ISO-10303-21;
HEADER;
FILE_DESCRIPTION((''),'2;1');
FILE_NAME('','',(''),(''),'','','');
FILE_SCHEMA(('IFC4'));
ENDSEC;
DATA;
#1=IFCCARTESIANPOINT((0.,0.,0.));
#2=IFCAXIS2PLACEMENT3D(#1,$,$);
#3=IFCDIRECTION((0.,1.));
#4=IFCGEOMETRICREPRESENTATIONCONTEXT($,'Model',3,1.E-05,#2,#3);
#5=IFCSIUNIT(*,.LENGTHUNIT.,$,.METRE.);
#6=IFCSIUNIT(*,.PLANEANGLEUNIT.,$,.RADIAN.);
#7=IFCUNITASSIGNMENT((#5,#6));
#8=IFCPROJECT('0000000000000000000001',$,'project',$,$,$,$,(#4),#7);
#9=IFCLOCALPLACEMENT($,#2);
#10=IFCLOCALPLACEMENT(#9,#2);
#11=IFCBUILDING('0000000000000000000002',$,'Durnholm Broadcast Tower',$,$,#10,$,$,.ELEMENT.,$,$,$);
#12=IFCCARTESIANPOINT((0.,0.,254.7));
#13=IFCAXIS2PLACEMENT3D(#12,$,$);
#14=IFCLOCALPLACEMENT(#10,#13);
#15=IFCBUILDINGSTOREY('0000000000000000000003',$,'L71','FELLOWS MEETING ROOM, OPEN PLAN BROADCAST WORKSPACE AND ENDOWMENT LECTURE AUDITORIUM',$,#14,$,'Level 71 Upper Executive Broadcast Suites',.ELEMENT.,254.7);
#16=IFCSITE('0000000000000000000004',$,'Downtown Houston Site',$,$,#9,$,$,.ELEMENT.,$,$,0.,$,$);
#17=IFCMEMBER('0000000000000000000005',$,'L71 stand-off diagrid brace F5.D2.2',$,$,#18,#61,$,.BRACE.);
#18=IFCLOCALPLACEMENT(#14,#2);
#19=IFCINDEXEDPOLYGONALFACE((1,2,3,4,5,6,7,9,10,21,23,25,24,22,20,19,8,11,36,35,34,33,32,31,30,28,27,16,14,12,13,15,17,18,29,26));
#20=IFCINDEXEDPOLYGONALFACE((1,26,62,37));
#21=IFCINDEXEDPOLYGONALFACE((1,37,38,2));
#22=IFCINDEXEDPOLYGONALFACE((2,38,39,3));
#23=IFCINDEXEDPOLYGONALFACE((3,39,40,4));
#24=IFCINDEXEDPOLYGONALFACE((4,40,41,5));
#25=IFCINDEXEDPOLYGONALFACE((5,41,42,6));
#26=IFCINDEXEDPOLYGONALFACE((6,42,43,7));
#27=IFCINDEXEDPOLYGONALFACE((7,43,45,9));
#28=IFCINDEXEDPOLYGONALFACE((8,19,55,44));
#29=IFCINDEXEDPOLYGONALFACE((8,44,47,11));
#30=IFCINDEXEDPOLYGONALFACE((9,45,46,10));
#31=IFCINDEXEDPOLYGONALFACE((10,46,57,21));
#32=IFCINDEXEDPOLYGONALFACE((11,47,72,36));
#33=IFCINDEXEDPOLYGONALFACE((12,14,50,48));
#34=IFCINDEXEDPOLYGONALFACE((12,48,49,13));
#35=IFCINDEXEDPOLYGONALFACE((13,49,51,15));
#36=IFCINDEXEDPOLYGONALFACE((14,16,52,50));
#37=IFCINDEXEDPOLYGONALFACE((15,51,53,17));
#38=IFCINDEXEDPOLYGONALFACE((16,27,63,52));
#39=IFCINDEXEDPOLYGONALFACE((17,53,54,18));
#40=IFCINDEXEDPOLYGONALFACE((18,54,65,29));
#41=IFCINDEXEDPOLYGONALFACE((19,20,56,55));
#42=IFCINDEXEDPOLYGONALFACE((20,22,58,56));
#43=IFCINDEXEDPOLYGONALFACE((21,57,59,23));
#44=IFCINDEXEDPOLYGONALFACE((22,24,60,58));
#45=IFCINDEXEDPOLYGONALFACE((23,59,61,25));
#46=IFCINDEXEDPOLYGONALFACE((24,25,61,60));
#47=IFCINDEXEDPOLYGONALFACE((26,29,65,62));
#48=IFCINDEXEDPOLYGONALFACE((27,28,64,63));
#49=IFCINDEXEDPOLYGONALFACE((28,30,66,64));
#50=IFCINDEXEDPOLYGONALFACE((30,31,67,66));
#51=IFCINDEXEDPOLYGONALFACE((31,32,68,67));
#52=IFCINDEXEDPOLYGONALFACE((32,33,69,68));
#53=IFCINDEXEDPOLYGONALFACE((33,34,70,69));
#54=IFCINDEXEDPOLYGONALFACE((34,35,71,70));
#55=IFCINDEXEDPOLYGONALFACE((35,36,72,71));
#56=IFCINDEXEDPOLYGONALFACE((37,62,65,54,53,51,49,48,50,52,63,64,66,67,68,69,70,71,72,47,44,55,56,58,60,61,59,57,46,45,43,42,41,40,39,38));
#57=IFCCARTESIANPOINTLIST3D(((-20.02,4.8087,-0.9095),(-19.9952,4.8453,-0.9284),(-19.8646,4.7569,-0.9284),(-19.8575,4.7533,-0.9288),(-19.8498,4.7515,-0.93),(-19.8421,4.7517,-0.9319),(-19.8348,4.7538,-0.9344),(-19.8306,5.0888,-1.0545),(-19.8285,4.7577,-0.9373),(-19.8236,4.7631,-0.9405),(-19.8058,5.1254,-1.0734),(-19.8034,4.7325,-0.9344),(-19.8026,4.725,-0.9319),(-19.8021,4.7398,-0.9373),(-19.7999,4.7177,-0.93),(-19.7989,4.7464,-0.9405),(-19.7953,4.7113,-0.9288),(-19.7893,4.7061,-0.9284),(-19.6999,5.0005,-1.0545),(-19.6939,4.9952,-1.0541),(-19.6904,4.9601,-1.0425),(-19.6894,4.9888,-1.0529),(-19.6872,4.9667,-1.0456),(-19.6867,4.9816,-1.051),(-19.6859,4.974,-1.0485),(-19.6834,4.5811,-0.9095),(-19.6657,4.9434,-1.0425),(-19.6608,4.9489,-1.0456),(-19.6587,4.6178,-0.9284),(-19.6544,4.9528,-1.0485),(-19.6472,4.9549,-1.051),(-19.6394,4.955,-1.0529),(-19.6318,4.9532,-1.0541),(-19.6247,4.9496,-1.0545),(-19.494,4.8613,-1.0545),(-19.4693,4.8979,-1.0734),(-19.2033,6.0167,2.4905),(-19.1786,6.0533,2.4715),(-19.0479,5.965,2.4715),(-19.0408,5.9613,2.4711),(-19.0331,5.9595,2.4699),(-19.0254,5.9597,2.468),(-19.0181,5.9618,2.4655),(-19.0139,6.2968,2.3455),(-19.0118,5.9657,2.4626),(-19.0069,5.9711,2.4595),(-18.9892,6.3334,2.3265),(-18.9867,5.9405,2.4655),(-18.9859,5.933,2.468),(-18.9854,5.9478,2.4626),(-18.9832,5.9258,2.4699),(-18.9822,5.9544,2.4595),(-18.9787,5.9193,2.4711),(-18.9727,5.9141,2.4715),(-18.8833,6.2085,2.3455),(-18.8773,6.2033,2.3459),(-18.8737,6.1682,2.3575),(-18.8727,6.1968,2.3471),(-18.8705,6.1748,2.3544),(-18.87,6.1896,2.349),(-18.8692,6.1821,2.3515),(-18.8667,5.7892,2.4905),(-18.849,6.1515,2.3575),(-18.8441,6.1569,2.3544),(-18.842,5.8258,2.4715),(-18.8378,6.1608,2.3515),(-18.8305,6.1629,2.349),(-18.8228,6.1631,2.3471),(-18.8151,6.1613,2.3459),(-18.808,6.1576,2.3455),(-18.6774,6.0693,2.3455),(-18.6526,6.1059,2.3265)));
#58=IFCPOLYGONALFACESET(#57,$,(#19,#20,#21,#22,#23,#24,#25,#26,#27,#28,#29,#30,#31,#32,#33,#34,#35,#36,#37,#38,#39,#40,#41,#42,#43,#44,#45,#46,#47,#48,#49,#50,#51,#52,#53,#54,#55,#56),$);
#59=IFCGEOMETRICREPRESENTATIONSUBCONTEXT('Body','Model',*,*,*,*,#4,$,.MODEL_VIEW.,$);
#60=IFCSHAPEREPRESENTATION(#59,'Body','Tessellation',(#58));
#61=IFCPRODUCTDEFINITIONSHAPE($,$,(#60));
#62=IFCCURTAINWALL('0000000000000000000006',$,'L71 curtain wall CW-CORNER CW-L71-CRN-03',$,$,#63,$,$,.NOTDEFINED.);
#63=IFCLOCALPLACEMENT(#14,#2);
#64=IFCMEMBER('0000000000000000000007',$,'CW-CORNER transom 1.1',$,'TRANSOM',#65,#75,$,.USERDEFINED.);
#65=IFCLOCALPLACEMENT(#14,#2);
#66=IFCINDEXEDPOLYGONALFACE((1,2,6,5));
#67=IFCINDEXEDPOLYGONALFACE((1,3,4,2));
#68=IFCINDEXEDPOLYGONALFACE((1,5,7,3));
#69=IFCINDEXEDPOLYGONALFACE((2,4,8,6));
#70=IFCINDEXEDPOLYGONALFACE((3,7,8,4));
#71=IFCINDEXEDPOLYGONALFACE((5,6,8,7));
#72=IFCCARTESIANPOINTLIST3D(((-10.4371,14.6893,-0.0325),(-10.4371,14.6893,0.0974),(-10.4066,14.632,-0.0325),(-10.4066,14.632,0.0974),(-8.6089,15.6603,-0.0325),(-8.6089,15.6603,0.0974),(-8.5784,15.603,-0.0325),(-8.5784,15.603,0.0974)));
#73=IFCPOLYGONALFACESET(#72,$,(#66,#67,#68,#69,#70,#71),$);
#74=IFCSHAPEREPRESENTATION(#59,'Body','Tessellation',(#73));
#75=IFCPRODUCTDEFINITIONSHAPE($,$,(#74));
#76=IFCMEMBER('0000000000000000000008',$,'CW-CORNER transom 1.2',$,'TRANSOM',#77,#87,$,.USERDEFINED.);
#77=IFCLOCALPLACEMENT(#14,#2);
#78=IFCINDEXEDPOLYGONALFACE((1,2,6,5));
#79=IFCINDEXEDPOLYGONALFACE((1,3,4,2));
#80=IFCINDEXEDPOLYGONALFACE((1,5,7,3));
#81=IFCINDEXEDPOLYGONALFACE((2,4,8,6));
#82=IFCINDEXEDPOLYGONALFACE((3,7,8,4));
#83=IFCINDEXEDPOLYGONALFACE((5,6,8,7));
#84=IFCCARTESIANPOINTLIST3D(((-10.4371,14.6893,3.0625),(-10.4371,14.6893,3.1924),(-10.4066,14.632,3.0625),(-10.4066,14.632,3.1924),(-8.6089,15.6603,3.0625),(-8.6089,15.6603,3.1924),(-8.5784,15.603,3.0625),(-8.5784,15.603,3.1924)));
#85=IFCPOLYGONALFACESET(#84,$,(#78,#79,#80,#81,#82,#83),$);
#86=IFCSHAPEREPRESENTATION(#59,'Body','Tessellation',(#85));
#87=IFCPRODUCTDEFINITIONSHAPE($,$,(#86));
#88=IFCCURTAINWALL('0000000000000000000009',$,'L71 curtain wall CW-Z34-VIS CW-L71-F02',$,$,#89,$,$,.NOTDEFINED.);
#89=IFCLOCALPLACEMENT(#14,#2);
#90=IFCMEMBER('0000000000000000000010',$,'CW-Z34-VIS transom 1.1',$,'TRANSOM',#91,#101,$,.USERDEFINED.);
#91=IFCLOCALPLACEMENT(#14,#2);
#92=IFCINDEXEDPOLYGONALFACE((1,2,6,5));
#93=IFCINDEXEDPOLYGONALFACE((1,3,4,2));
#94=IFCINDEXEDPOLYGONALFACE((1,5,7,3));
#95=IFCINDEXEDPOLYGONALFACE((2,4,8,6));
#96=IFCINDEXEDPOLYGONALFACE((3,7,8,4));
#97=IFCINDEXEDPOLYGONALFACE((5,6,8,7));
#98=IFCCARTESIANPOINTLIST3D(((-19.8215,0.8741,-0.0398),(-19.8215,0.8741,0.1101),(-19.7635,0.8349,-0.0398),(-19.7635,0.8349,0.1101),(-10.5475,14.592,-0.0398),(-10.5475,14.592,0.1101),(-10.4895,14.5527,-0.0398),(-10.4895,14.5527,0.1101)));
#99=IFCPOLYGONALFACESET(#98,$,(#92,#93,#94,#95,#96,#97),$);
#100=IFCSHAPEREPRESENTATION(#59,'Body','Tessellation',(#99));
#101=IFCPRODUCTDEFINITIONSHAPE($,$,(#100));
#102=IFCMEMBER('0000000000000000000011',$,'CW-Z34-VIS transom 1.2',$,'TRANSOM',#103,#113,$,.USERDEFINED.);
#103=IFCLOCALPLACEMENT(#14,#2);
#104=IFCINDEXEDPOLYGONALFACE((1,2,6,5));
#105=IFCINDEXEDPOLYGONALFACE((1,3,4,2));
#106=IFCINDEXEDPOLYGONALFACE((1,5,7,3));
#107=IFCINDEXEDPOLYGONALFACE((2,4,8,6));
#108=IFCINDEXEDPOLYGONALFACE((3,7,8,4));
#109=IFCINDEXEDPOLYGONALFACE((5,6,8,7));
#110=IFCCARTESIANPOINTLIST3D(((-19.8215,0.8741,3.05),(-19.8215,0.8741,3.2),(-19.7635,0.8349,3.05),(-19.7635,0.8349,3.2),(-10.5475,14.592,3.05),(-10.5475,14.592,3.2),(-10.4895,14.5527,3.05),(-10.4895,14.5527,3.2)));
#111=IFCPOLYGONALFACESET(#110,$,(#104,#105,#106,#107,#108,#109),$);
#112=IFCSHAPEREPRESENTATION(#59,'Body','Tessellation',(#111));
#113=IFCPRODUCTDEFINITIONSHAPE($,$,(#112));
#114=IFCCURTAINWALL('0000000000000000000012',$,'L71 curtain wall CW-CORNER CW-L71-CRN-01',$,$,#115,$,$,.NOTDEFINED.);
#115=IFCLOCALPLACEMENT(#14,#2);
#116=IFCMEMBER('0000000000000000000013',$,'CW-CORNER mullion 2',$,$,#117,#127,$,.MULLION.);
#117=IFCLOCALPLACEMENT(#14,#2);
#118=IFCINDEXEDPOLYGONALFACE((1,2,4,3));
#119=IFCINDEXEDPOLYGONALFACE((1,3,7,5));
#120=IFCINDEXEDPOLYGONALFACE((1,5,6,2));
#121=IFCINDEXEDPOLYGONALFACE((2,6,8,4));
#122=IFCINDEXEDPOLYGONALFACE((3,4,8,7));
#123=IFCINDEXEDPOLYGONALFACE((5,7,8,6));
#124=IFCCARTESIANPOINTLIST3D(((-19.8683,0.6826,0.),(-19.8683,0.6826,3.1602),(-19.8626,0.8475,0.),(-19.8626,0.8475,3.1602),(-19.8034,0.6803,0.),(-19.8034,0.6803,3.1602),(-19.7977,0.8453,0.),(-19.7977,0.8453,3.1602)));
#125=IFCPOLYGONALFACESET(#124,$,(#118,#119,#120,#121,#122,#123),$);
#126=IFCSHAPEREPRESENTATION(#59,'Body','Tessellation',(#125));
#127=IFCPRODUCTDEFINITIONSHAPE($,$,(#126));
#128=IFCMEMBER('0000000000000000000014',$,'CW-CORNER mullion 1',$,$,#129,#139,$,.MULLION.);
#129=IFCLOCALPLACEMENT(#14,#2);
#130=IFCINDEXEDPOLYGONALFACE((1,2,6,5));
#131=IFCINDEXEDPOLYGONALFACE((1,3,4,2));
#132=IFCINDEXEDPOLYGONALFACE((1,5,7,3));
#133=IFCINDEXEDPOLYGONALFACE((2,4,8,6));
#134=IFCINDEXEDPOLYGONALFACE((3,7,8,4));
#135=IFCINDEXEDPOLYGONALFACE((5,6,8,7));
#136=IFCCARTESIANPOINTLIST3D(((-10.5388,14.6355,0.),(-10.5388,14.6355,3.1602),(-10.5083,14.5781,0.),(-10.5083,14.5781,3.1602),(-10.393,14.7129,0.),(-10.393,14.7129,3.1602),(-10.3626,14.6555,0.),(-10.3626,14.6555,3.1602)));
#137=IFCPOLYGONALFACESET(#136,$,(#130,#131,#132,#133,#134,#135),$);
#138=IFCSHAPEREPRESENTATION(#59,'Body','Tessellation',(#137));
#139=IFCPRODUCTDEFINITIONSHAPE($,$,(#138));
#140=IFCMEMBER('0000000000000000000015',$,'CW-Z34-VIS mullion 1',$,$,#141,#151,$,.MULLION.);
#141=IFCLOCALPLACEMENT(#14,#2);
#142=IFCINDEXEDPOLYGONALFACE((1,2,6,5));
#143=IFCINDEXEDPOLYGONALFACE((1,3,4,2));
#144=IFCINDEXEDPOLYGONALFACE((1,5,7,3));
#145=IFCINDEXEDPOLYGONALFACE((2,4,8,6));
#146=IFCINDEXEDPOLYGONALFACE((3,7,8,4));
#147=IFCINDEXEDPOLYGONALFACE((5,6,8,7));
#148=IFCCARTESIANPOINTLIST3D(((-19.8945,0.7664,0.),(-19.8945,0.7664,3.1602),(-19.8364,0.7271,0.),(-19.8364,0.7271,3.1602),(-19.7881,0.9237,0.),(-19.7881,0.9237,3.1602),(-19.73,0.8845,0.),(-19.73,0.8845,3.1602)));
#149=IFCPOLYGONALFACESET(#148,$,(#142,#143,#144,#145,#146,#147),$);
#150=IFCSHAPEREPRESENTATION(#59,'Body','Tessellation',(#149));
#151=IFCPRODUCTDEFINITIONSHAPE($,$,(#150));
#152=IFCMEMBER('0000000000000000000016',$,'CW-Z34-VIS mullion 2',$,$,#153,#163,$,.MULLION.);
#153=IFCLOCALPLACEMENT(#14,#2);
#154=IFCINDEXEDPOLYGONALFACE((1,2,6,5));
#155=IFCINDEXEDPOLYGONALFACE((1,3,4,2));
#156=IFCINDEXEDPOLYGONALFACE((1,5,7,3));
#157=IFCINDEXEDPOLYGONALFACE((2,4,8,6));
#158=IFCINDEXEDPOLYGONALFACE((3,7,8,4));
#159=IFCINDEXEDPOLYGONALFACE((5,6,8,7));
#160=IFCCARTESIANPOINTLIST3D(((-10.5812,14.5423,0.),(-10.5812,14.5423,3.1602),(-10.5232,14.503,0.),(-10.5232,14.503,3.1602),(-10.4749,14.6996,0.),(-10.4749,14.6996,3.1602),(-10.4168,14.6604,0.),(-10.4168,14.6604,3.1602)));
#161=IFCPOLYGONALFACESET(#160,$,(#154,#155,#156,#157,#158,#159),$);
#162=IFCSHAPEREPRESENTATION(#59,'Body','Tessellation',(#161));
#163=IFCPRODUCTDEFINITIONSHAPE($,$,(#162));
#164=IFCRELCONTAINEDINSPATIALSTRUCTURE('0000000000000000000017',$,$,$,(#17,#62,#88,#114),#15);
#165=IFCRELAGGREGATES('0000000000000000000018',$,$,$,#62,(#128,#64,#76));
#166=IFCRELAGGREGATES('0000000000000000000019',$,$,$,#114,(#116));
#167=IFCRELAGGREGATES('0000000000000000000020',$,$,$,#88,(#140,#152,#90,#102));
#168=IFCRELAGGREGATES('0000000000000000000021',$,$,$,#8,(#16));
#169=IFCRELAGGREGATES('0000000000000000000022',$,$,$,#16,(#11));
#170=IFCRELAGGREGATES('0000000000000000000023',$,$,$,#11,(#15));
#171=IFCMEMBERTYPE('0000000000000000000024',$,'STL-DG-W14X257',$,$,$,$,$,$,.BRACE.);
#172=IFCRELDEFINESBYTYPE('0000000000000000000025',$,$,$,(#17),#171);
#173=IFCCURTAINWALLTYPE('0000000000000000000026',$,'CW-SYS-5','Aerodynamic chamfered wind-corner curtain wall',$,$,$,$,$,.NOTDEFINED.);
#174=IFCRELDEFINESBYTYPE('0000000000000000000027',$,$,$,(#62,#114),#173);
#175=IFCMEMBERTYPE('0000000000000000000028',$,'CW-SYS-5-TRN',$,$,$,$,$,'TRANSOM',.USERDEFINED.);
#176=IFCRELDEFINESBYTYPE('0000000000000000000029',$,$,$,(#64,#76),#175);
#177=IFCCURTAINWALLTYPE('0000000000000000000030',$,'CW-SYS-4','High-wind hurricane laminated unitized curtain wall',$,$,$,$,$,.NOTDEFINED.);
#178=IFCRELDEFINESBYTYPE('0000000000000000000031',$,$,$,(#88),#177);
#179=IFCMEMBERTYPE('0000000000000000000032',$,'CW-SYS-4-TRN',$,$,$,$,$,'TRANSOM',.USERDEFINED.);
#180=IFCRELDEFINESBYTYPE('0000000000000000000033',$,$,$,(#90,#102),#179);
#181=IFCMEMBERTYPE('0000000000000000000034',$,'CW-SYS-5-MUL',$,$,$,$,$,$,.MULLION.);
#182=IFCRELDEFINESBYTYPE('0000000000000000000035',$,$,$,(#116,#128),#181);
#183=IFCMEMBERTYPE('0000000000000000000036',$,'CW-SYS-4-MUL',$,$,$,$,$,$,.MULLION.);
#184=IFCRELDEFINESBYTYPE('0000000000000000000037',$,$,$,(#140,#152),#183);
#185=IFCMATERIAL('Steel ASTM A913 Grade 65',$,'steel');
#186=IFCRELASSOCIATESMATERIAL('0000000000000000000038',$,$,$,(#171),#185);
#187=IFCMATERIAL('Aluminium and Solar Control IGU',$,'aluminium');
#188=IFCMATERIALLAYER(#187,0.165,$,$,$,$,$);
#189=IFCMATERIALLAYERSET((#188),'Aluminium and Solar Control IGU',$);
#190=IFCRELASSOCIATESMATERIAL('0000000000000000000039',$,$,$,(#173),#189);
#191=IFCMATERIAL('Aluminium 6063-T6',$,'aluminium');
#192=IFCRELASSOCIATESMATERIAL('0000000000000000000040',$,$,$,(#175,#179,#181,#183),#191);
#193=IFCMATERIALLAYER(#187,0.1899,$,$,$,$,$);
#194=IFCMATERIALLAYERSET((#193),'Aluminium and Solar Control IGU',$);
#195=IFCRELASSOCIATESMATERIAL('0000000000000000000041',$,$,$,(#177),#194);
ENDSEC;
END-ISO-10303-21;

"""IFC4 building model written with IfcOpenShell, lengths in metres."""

from ifc_helpers import new_model, si_unit, direction, frame, origin, origin_2d, place, context, subcontext, project, spatial, rectangle, i_section, extrude, source, transform, mapped, material, layer, layer_set, material_profile, profile_set, type_object, type_shapes, element, aggregate, save


model = new_model("IFC4")

# Units and contexts
model_context = context("Model", 3, precision=1e-05, world=origin(), true_north=direction((0.0, 1.0)))
body_context = subcontext(model_context, "Body", "Model", "MODEL_VIEW")
ifc_project = project(units=[si_unit("LENGTHUNIT", "METRE"), si_unit("PLANEANGLEUNIT", "RADIAN")], contexts=[model_context])

# Site, building, storey
site_placement = place(None, origin())
site = spatial("IfcSite", under=ifc_project, at=site_placement, Name="Downtown Houston Site", CompositionType="ELEMENT", RefElevation=0.0)
building_placement = place(site_placement, origin())
building = spatial("IfcBuilding", under=site, at=building_placement, Name="Durnholm Broadcast Tower", CompositionType="ELEMENT")
storey_placement = place(building_placement, frame((0.0, 0.0, 254.7)))
storey = spatial("IfcBuildingStorey", under=building, at=storey_placement, Name="L71", Description="FELLOWS MEETING ROOM, OPEN PLAN BROADCAST WORKSPACE AND ENDOWMENT LECTURE AUDITORIUM", LongName="Level 71 Upper Executive Broadcast Suites", CompositionType="ELEMENT", Elevation=254.7)

# Member
ifc_material_1 = material(Name="Steel ASTM A913 Grade 65", Category="steel")
ifc_material_profile_1 = material_profile(ifc_material_1, i_section(OverallWidth=0.4062, OverallDepth=0.416, WebThickness=0.0298, FlangeThickness=0.0481, FilletRadius=0.0305, at=origin_2d()), Name="W14X257")
ifc_profile_set_1 = profile_set([ifc_material_profile_1], Name="Steel ASTM A913 Grade 65")
member_type_1 = type_object("IfcMemberType", Name="STL-DG-W14X257", PredefinedType="BRACE", material=ifc_profile_set_1)
shared_shape_1 = source(origin(), body_context, "Body", "SweptSolid", [
    extrude(i_section(OverallWidth=0.4062, OverallDepth=0.416, WebThickness=0.0298, FlangeThickness=0.0481, FilletRadius=0.0305, at=origin_2d()), origin(), (0.0, 0.0, 1.0), 3.6995),
])
type_shapes(member_type_1, [shared_shape_1])
for number, where, z_axis, x_axis, name in (
    (1, (-19.7446, 4.8533, -0.9915), (0.220752, 0.326542, 0.919042), (-0.828452, 0.560059, 0.0), "L71 stand-off diagrid brace F5.D2.2"),
):
    element("IfcMember", number, at=place(storey_placement, frame(where, z_axis=z_axis, x_axis=x_axis)), inside=storey, type_object=member_type_1, Name=name, PredefinedType="BRACE", context=body_context, shape_type="MappedRepresentation", body=[
        mapped(shared_shape_1, transform((0.0, 0.0, 0.0), x_axis=(1.0, 0.0, 0.0), y_axis=(0.0, 1.0, 0.0), z_axis=(0.0, 0.0, 1.0), scale=1.0)),
    ])

# Curtain walls, members
ifc_material_2 = material(Name="Aluminium and Solar Control IGU", Category="aluminium")
ifc_layer_1 = layer(ifc_material_2, 0.165)
ifc_layer_set_1 = layer_set([ifc_layer_1], Name="Aluminium and Solar Control IGU")
curtain_wall_type_1 = type_object("IfcCurtainWallType", Name="CW-SYS-5", Description="Aerodynamic chamfered wind-corner curtain wall", PredefinedType="NOTDEFINED", material=ifc_layer_set_1)
curtain_wall_1_placement = place(storey_placement, origin())
curtain_wall_1 = element("IfcCurtainWall", 2, at=curtain_wall_1_placement, inside=storey, type_object=curtain_wall_type_1, Name="L71 curtain wall CW-CORNER CW-L71-CRN-03", PredefinedType="NOTDEFINED")
ifc_material_3 = material(Name="Aluminium 6063-T6", Category="aluminium")
ifc_material_profile_2 = material_profile(ifc_material_3, rectangle(XDim=0.0649, YDim=0.1299, at=origin_2d()), Name="CWT65X130")
ifc_profile_set_2 = profile_set([ifc_material_profile_2], Name="Aluminium 6063-T6")
member_type_2 = type_object("IfcMemberType", Name="CW-SYS-5-TRN", ElementType="TRANSOM", PredefinedType="USERDEFINED", material=ifc_profile_set_2)
shared_shape_2 = source(origin(), body_context, "Body", "SweptSolid", [
    extrude(rectangle(XDim=0.0649, YDim=0.1299, at=origin_2d()), origin(), (0.0, 0.0, 1.0), 2.0701),
])
type_shapes(member_type_2, [shared_shape_2])
member_1_placement = place(storey_placement, frame((-10.4219, 14.6606, 0.0325), z_axis=(0.883165, 0.469063, 0.0), x_axis=(-0.469063, 0.883165, 0.0)))
member_1 = element("IfcMember", 3, at=member_1_placement, type_object=member_type_2, Name="CW-CORNER transom 1.1", ObjectType="TRANSOM", PredefinedType="USERDEFINED", context=body_context, shape_type="MappedRepresentation", body=[
    mapped(shared_shape_2, transform((0.0, 0.0, 0.0), x_axis=(1.0, 0.0, 0.0), y_axis=(0.0, 1.0, 0.0), z_axis=(0.0, 0.0, 1.0), scale=1.0)),
])
member_2_placement = place(storey_placement, frame((-10.4219, 14.6606, 3.1274), z_axis=(0.883165, 0.469063, 0.0), x_axis=(-0.469063, 0.883165, 0.0)))
member_2 = element("IfcMember", 4, at=member_2_placement, type_object=member_type_2, Name="CW-CORNER transom 1.2", ObjectType="TRANSOM", PredefinedType="USERDEFINED", context=body_context, shape_type="MappedRepresentation", body=[
    mapped(shared_shape_2, transform((0.0, 0.0, 0.0), x_axis=(1.0, 0.0, 0.0), y_axis=(0.0, 1.0, 0.0), z_axis=(0.0, 0.0, 1.0), scale=1.0)),
])
ifc_layer_2 = layer(ifc_material_2, 0.1899)
ifc_layer_set_2 = layer_set([ifc_layer_2], Name="Aluminium and Solar Control IGU")
curtain_wall_type_2 = type_object("IfcCurtainWallType", Name="CW-SYS-4", Description="High-wind hurricane laminated unitized curtain wall", PredefinedType="NOTDEFINED", material=ifc_layer_set_2)
curtain_wall_2_placement = place(storey_placement, origin())
curtain_wall_2 = element("IfcCurtainWall", 5, at=curtain_wall_2_placement, inside=storey, type_object=curtain_wall_type_2, Name="L71 curtain wall CW-Z34-VIS CW-L71-F02", PredefinedType="NOTDEFINED")
ifc_material_profile_3 = material_profile(ifc_material_3, rectangle(XDim=0.0701, YDim=0.1499, at=origin_2d()), Name="CWT70X150")
ifc_profile_set_3 = profile_set([ifc_material_profile_3], Name="Aluminium 6063-T6")
member_type_3 = type_object("IfcMemberType", Name="CW-SYS-4-TRN", ElementType="TRANSOM", PredefinedType="USERDEFINED", material=ifc_profile_set_3)
shared_shape_3 = source(origin(), body_context, "Body", "SweptSolid", [
    extrude(rectangle(XDim=0.0701, YDim=0.1499, at=origin_2d()), origin(), (0.0, 0.0, 1.0), 16.5586),
])
type_shapes(member_type_3, [shared_shape_3])
member_3_placement = place(storey_placement, frame((-19.7925, 0.8545, 0.0352), z_axis=(0.560071, 0.828444, 0.0), x_axis=(-0.828444, 0.560071, 0.0)))
member_3 = element("IfcMember", 6, at=member_3_placement, type_object=member_type_3, Name="CW-Z34-VIS transom 1.1", ObjectType="TRANSOM", PredefinedType="USERDEFINED", context=body_context, shape_type="MappedRepresentation", body=[
    mapped(shared_shape_3, transform((0.0, 0.0, 0.0), x_axis=(1.0, 0.0, 0.0), y_axis=(0.0, 1.0, 0.0), z_axis=(0.0, 0.0, 1.0), scale=1.0)),
])
member_4_placement = place(storey_placement, frame((-19.7925, 0.8545, 3.125), z_axis=(0.560071, 0.828444, 0.0), x_axis=(-0.828444, 0.560071, 0.0)))
member_4 = element("IfcMember", 7, at=member_4_placement, type_object=member_type_3, Name="CW-Z34-VIS transom 1.2", ObjectType="TRANSOM", PredefinedType="USERDEFINED", context=body_context, shape_type="MappedRepresentation", body=[
    mapped(shared_shape_3, transform((0.0, 0.0, 0.0), x_axis=(1.0, 0.0, 0.0), y_axis=(0.0, 1.0, 0.0), z_axis=(0.0, 0.0, 1.0), scale=1.0)),
])

# Curtain wall, member
curtain_wall_3_placement = place(storey_placement, origin())
curtain_wall_3 = element("IfcCurtainWall", 8, at=curtain_wall_3_placement, inside=storey, type_object=curtain_wall_type_1, Name="L71 curtain wall CW-CORNER CW-L71-CRN-01", PredefinedType="NOTDEFINED")
ifc_material_profile_4 = material_profile(ifc_material_3, rectangle(XDim=0.0649, YDim=0.165, at=origin_2d()), Name="CWM65X165")
ifc_profile_set_4 = profile_set([ifc_material_profile_4], Name="Aluminium 6063-T6")
member_type_4 = type_object("IfcMemberType", Name="CW-SYS-5-MUL", PredefinedType="MULLION", material=ifc_profile_set_4)
shared_shape_4 = source(origin(), body_context, "Body", "SweptSolid", [
    extrude(rectangle(XDim=0.0649, YDim=0.165, at=origin_2d()), origin(), (0.0, 0.0, 1.0), 3.1602),
])
type_shapes(member_type_4, [shared_shape_4])
member_5_placement = place(storey_placement, frame((-19.833, 0.7639, 0.0), z_axis=(0.0, 0.0, 1.0), x_axis=(-0.999411, 0.034318, 0.0)))
member_5 = element("IfcMember", 9, at=member_5_placement, type_object=member_type_4, Name="CW-CORNER mullion 2", PredefinedType="MULLION", context=body_context, shape_type="MappedRepresentation", body=[
    mapped(shared_shape_4, transform((0.0, 0.0, 0.0), x_axis=(1.0, 0.0, 0.0), y_axis=(0.0, 1.0, 0.0), z_axis=(0.0, 0.0, 1.0), scale=1.0)),
])

# Members
member_6_placement = place(storey_placement, frame((-10.4507, 14.6455, 0.0), z_axis=(0.0, 0.0, 1.0), x_axis=(-0.469007, 0.883195, 0.0)))
member_6 = element("IfcMember", 10, at=member_6_placement, type_object=member_type_4, Name="CW-CORNER mullion 1", PredefinedType="MULLION", context=body_context, shape_type="MappedRepresentation", body=[
    mapped(shared_shape_4, transform((0.0, 0.0, 0.0), x_axis=(1.0, 0.0, 0.0), y_axis=(0.0, 1.0, 0.0), z_axis=(0.0, 0.0, 1.0), scale=1.0)),
])
aggregate(curtain_wall_1, [member_6, member_1, member_2])
ifc_material_profile_5 = material_profile(ifc_material_3, rectangle(XDim=0.0701, YDim=0.1899, at=origin_2d()), Name="CWM70X190")
ifc_profile_set_5 = profile_set([ifc_material_profile_5], Name="Aluminium 6063-T6")
member_type_5 = type_object("IfcMemberType", Name="CW-SYS-4-MUL", PredefinedType="MULLION", material=ifc_profile_set_5)
shared_shape_5 = source(origin(), body_context, "Body", "SweptSolid", [
    extrude(rectangle(XDim=0.0701, YDim=0.1899, at=origin_2d()), origin(), (0.0, 0.0, 1.0), 3.1602),
])
type_shapes(member_type_5, [shared_shape_5])
member_7_placement = place(storey_placement, frame((-19.8123, 0.8254, 0.0), z_axis=(0.0, 0.0, 1.0), x_axis=(-0.828443, 0.560073, 0.0)))
member_7 = element("IfcMember", 11, at=member_7_placement, type_object=member_type_5, Name="CW-Z34-VIS mullion 1", PredefinedType="MULLION", context=body_context, shape_type="MappedRepresentation", body=[
    mapped(shared_shape_5, transform((0.0, 0.0, 0.0), x_axis=(1.0, 0.0, 0.0), y_axis=(0.0, 1.0, 0.0), z_axis=(0.0, 0.0, 1.0), scale=1.0)),
])
member_8_placement = place(storey_placement, frame((-10.499, 14.6013, 0.0), z_axis=(0.0, 0.0, 1.0), x_axis=(-0.828443, 0.560073, 0.0)))
member_8 = element("IfcMember", 12, at=member_8_placement, type_object=member_type_5, Name="CW-Z34-VIS mullion 2", PredefinedType="MULLION", context=body_context, shape_type="MappedRepresentation", body=[
    mapped(shared_shape_5, transform((0.0, 0.0, 0.0), x_axis=(1.0, 0.0, 0.0), y_axis=(0.0, 1.0, 0.0), z_axis=(0.0, 0.0, 1.0), scale=1.0)),
])

aggregate(curtain_wall_3, [member_5])
aggregate(curtain_wall_2, [member_7, member_8, member_3, member_4])

save(model, "model.ifc")
